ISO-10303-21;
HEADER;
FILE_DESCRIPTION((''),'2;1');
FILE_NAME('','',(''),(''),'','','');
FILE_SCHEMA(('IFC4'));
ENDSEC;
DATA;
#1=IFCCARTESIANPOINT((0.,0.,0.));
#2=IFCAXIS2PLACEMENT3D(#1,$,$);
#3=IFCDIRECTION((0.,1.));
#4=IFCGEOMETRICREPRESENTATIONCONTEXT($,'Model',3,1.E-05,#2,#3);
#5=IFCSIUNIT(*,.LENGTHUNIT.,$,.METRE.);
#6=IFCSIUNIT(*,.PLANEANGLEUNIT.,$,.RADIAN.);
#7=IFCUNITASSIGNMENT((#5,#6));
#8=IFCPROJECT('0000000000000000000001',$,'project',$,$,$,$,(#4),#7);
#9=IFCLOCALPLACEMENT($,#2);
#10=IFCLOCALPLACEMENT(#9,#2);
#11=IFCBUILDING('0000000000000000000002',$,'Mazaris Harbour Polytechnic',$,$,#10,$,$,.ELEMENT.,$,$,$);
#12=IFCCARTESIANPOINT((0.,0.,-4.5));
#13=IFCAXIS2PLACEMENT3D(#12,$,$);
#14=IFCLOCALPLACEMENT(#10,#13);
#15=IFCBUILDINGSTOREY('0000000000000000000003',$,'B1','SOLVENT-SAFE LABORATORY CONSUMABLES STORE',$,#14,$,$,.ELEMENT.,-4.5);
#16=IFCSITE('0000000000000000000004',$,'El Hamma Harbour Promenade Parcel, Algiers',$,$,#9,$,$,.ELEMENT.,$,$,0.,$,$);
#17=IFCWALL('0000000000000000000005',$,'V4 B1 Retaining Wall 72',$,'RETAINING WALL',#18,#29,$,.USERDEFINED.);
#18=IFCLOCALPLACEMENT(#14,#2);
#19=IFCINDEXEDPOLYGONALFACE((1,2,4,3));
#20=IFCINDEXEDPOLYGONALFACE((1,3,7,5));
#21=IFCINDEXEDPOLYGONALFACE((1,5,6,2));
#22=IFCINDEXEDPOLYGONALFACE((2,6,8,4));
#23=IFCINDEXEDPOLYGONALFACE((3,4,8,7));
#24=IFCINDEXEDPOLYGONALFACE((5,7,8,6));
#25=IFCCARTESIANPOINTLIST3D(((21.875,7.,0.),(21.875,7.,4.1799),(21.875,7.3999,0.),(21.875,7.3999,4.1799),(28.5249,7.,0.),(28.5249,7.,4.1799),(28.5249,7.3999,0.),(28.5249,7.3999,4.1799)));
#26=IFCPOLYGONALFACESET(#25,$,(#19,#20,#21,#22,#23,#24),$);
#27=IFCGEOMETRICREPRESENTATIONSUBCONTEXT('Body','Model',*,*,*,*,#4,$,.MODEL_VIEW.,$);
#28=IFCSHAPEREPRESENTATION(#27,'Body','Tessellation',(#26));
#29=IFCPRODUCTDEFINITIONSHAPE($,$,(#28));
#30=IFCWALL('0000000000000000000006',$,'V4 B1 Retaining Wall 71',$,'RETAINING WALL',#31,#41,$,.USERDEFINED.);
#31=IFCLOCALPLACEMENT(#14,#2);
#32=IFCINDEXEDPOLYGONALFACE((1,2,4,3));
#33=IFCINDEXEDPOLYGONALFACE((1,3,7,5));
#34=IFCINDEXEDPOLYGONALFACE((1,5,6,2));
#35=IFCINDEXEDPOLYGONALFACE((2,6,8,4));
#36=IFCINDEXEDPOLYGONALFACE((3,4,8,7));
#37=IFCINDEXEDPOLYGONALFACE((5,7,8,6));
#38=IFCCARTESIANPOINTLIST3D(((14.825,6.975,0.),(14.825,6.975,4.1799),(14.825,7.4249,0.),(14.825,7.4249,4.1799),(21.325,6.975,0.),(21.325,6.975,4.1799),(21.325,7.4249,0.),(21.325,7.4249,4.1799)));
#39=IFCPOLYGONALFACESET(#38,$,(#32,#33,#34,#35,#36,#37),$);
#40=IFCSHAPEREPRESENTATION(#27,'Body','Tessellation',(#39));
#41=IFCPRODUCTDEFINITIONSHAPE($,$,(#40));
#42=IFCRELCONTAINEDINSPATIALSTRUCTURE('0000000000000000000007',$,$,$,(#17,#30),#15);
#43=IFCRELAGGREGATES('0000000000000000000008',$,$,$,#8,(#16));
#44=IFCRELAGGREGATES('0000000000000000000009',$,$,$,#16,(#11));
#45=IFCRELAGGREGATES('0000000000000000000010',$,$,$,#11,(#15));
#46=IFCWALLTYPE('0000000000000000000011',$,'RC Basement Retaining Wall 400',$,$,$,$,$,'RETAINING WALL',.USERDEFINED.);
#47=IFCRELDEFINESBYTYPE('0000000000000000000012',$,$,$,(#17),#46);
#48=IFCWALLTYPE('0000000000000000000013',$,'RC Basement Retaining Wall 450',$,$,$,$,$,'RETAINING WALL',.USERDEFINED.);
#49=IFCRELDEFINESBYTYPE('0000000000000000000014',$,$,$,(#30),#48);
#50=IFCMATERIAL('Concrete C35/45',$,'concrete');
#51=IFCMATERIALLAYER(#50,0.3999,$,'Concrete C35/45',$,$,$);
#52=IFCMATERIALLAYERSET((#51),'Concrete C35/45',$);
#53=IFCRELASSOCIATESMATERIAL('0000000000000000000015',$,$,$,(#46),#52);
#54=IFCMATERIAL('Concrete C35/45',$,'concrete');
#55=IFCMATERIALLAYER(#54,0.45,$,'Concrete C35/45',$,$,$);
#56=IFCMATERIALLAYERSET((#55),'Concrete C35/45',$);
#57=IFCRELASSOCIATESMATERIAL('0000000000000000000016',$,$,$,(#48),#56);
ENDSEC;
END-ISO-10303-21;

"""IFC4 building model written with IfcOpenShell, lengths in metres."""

from ifc_helpers import new_model, si_unit, direction, frame, frame_2d, origin, place, context, subcontext, project, spatial, rectangle, extrude, material, layer, layer_set, type_object, element, save


model = new_model("IFC4")

# Units and contexts
model_context = context("Model", 3, precision=1e-05, world=origin(), true_north=direction((0.0, 1.0)))
body_context = subcontext(model_context, "Body", "Model", "MODEL_VIEW")
ifc_project = project(units=[si_unit("LENGTHUNIT", "METRE"), si_unit("PLANEANGLEUNIT", "RADIAN")], contexts=[model_context])

# Site, building, storey
site_placement = place(None, origin())
site = spatial("IfcSite", under=ifc_project, at=site_placement, Name="El Hamma Harbour Promenade Parcel, Algiers", CompositionType="ELEMENT", RefElevation=0.0)
building_placement = place(site_placement, origin())
building = spatial("IfcBuilding", under=site, at=building_placement, Name="Mazaris Harbour Polytechnic", CompositionType="ELEMENT")
storey_placement = place(building_placement, frame((0.0, 0.0, -4.5)))
storey = spatial("IfcBuildingStorey", under=building, at=storey_placement, Name="B1", Description="SOLVENT-SAFE LABORATORY CONSUMABLES STORE", CompositionType="ELEMENT", Elevation=-4.5)

# Walls
ifc_material_1 = material(Name="Concrete C35/45", Category="concrete")
ifc_layer_1 = layer(ifc_material_1, 0.3999, Name="Concrete C35/45")
ifc_layer_set_1 = layer_set([ifc_layer_1], Name="Concrete C35/45")
wall_type_1 = type_object("IfcWallType", Name="RC Basement Retaining Wall 400", ElementType="RETAINING WALL", PredefinedType="USERDEFINED", material=ifc_layer_set_1)
wall_1_placement = place(storey_placement, frame((21.875, 7.2, 0.0), z_axis=(0.0, 0.0, 1.0), x_axis=(1.0, 0.0, 0.0)))
element("IfcWall", 1, at=wall_1_placement, inside=storey, type_object=wall_type_1, Name="V4 B1 Retaining Wall 72", ObjectType="RETAINING WALL", PredefinedType="USERDEFINED", context=body_context, shape_type="SweptSolid", body=[
    extrude(rectangle(XDim=6.6499, YDim=0.3999, at=frame_2d((3.325, 0.0))), origin(), (0.0, 0.0, 1.0), 4.1799),
])
ifc_material_2 = material(Name="Concrete C35/45", Category="concrete")
ifc_layer_2 = layer(ifc_material_2, 0.45, Name="Concrete C35/45")
ifc_layer_set_2 = layer_set([ifc_layer_2], Name="Concrete C35/45")
wall_type_2 = type_object("IfcWallType", Name="RC Basement Retaining Wall 450", ElementType="RETAINING WALL", PredefinedType="USERDEFINED", material=ifc_layer_set_2)
wall_2_placement = place(storey_placement, frame((14.825, 7.2, 0.0), z_axis=(0.0, 0.0, 1.0), x_axis=(1.0, 0.0, 0.0)))
element("IfcWall", 2, at=wall_2_placement, inside=storey, type_object=wall_type_2, Name="V4 B1 Retaining Wall 71", ObjectType="RETAINING WALL", PredefinedType="USERDEFINED", context=body_context, shape_type="SweptSolid", body=[
    extrude(rectangle(XDim=6.5, YDim=0.45, at=frame_2d((3.25, 0.0))), origin(), (0.0, 0.0, 1.0), 4.1799),
])

save(model, "model.ifc")
